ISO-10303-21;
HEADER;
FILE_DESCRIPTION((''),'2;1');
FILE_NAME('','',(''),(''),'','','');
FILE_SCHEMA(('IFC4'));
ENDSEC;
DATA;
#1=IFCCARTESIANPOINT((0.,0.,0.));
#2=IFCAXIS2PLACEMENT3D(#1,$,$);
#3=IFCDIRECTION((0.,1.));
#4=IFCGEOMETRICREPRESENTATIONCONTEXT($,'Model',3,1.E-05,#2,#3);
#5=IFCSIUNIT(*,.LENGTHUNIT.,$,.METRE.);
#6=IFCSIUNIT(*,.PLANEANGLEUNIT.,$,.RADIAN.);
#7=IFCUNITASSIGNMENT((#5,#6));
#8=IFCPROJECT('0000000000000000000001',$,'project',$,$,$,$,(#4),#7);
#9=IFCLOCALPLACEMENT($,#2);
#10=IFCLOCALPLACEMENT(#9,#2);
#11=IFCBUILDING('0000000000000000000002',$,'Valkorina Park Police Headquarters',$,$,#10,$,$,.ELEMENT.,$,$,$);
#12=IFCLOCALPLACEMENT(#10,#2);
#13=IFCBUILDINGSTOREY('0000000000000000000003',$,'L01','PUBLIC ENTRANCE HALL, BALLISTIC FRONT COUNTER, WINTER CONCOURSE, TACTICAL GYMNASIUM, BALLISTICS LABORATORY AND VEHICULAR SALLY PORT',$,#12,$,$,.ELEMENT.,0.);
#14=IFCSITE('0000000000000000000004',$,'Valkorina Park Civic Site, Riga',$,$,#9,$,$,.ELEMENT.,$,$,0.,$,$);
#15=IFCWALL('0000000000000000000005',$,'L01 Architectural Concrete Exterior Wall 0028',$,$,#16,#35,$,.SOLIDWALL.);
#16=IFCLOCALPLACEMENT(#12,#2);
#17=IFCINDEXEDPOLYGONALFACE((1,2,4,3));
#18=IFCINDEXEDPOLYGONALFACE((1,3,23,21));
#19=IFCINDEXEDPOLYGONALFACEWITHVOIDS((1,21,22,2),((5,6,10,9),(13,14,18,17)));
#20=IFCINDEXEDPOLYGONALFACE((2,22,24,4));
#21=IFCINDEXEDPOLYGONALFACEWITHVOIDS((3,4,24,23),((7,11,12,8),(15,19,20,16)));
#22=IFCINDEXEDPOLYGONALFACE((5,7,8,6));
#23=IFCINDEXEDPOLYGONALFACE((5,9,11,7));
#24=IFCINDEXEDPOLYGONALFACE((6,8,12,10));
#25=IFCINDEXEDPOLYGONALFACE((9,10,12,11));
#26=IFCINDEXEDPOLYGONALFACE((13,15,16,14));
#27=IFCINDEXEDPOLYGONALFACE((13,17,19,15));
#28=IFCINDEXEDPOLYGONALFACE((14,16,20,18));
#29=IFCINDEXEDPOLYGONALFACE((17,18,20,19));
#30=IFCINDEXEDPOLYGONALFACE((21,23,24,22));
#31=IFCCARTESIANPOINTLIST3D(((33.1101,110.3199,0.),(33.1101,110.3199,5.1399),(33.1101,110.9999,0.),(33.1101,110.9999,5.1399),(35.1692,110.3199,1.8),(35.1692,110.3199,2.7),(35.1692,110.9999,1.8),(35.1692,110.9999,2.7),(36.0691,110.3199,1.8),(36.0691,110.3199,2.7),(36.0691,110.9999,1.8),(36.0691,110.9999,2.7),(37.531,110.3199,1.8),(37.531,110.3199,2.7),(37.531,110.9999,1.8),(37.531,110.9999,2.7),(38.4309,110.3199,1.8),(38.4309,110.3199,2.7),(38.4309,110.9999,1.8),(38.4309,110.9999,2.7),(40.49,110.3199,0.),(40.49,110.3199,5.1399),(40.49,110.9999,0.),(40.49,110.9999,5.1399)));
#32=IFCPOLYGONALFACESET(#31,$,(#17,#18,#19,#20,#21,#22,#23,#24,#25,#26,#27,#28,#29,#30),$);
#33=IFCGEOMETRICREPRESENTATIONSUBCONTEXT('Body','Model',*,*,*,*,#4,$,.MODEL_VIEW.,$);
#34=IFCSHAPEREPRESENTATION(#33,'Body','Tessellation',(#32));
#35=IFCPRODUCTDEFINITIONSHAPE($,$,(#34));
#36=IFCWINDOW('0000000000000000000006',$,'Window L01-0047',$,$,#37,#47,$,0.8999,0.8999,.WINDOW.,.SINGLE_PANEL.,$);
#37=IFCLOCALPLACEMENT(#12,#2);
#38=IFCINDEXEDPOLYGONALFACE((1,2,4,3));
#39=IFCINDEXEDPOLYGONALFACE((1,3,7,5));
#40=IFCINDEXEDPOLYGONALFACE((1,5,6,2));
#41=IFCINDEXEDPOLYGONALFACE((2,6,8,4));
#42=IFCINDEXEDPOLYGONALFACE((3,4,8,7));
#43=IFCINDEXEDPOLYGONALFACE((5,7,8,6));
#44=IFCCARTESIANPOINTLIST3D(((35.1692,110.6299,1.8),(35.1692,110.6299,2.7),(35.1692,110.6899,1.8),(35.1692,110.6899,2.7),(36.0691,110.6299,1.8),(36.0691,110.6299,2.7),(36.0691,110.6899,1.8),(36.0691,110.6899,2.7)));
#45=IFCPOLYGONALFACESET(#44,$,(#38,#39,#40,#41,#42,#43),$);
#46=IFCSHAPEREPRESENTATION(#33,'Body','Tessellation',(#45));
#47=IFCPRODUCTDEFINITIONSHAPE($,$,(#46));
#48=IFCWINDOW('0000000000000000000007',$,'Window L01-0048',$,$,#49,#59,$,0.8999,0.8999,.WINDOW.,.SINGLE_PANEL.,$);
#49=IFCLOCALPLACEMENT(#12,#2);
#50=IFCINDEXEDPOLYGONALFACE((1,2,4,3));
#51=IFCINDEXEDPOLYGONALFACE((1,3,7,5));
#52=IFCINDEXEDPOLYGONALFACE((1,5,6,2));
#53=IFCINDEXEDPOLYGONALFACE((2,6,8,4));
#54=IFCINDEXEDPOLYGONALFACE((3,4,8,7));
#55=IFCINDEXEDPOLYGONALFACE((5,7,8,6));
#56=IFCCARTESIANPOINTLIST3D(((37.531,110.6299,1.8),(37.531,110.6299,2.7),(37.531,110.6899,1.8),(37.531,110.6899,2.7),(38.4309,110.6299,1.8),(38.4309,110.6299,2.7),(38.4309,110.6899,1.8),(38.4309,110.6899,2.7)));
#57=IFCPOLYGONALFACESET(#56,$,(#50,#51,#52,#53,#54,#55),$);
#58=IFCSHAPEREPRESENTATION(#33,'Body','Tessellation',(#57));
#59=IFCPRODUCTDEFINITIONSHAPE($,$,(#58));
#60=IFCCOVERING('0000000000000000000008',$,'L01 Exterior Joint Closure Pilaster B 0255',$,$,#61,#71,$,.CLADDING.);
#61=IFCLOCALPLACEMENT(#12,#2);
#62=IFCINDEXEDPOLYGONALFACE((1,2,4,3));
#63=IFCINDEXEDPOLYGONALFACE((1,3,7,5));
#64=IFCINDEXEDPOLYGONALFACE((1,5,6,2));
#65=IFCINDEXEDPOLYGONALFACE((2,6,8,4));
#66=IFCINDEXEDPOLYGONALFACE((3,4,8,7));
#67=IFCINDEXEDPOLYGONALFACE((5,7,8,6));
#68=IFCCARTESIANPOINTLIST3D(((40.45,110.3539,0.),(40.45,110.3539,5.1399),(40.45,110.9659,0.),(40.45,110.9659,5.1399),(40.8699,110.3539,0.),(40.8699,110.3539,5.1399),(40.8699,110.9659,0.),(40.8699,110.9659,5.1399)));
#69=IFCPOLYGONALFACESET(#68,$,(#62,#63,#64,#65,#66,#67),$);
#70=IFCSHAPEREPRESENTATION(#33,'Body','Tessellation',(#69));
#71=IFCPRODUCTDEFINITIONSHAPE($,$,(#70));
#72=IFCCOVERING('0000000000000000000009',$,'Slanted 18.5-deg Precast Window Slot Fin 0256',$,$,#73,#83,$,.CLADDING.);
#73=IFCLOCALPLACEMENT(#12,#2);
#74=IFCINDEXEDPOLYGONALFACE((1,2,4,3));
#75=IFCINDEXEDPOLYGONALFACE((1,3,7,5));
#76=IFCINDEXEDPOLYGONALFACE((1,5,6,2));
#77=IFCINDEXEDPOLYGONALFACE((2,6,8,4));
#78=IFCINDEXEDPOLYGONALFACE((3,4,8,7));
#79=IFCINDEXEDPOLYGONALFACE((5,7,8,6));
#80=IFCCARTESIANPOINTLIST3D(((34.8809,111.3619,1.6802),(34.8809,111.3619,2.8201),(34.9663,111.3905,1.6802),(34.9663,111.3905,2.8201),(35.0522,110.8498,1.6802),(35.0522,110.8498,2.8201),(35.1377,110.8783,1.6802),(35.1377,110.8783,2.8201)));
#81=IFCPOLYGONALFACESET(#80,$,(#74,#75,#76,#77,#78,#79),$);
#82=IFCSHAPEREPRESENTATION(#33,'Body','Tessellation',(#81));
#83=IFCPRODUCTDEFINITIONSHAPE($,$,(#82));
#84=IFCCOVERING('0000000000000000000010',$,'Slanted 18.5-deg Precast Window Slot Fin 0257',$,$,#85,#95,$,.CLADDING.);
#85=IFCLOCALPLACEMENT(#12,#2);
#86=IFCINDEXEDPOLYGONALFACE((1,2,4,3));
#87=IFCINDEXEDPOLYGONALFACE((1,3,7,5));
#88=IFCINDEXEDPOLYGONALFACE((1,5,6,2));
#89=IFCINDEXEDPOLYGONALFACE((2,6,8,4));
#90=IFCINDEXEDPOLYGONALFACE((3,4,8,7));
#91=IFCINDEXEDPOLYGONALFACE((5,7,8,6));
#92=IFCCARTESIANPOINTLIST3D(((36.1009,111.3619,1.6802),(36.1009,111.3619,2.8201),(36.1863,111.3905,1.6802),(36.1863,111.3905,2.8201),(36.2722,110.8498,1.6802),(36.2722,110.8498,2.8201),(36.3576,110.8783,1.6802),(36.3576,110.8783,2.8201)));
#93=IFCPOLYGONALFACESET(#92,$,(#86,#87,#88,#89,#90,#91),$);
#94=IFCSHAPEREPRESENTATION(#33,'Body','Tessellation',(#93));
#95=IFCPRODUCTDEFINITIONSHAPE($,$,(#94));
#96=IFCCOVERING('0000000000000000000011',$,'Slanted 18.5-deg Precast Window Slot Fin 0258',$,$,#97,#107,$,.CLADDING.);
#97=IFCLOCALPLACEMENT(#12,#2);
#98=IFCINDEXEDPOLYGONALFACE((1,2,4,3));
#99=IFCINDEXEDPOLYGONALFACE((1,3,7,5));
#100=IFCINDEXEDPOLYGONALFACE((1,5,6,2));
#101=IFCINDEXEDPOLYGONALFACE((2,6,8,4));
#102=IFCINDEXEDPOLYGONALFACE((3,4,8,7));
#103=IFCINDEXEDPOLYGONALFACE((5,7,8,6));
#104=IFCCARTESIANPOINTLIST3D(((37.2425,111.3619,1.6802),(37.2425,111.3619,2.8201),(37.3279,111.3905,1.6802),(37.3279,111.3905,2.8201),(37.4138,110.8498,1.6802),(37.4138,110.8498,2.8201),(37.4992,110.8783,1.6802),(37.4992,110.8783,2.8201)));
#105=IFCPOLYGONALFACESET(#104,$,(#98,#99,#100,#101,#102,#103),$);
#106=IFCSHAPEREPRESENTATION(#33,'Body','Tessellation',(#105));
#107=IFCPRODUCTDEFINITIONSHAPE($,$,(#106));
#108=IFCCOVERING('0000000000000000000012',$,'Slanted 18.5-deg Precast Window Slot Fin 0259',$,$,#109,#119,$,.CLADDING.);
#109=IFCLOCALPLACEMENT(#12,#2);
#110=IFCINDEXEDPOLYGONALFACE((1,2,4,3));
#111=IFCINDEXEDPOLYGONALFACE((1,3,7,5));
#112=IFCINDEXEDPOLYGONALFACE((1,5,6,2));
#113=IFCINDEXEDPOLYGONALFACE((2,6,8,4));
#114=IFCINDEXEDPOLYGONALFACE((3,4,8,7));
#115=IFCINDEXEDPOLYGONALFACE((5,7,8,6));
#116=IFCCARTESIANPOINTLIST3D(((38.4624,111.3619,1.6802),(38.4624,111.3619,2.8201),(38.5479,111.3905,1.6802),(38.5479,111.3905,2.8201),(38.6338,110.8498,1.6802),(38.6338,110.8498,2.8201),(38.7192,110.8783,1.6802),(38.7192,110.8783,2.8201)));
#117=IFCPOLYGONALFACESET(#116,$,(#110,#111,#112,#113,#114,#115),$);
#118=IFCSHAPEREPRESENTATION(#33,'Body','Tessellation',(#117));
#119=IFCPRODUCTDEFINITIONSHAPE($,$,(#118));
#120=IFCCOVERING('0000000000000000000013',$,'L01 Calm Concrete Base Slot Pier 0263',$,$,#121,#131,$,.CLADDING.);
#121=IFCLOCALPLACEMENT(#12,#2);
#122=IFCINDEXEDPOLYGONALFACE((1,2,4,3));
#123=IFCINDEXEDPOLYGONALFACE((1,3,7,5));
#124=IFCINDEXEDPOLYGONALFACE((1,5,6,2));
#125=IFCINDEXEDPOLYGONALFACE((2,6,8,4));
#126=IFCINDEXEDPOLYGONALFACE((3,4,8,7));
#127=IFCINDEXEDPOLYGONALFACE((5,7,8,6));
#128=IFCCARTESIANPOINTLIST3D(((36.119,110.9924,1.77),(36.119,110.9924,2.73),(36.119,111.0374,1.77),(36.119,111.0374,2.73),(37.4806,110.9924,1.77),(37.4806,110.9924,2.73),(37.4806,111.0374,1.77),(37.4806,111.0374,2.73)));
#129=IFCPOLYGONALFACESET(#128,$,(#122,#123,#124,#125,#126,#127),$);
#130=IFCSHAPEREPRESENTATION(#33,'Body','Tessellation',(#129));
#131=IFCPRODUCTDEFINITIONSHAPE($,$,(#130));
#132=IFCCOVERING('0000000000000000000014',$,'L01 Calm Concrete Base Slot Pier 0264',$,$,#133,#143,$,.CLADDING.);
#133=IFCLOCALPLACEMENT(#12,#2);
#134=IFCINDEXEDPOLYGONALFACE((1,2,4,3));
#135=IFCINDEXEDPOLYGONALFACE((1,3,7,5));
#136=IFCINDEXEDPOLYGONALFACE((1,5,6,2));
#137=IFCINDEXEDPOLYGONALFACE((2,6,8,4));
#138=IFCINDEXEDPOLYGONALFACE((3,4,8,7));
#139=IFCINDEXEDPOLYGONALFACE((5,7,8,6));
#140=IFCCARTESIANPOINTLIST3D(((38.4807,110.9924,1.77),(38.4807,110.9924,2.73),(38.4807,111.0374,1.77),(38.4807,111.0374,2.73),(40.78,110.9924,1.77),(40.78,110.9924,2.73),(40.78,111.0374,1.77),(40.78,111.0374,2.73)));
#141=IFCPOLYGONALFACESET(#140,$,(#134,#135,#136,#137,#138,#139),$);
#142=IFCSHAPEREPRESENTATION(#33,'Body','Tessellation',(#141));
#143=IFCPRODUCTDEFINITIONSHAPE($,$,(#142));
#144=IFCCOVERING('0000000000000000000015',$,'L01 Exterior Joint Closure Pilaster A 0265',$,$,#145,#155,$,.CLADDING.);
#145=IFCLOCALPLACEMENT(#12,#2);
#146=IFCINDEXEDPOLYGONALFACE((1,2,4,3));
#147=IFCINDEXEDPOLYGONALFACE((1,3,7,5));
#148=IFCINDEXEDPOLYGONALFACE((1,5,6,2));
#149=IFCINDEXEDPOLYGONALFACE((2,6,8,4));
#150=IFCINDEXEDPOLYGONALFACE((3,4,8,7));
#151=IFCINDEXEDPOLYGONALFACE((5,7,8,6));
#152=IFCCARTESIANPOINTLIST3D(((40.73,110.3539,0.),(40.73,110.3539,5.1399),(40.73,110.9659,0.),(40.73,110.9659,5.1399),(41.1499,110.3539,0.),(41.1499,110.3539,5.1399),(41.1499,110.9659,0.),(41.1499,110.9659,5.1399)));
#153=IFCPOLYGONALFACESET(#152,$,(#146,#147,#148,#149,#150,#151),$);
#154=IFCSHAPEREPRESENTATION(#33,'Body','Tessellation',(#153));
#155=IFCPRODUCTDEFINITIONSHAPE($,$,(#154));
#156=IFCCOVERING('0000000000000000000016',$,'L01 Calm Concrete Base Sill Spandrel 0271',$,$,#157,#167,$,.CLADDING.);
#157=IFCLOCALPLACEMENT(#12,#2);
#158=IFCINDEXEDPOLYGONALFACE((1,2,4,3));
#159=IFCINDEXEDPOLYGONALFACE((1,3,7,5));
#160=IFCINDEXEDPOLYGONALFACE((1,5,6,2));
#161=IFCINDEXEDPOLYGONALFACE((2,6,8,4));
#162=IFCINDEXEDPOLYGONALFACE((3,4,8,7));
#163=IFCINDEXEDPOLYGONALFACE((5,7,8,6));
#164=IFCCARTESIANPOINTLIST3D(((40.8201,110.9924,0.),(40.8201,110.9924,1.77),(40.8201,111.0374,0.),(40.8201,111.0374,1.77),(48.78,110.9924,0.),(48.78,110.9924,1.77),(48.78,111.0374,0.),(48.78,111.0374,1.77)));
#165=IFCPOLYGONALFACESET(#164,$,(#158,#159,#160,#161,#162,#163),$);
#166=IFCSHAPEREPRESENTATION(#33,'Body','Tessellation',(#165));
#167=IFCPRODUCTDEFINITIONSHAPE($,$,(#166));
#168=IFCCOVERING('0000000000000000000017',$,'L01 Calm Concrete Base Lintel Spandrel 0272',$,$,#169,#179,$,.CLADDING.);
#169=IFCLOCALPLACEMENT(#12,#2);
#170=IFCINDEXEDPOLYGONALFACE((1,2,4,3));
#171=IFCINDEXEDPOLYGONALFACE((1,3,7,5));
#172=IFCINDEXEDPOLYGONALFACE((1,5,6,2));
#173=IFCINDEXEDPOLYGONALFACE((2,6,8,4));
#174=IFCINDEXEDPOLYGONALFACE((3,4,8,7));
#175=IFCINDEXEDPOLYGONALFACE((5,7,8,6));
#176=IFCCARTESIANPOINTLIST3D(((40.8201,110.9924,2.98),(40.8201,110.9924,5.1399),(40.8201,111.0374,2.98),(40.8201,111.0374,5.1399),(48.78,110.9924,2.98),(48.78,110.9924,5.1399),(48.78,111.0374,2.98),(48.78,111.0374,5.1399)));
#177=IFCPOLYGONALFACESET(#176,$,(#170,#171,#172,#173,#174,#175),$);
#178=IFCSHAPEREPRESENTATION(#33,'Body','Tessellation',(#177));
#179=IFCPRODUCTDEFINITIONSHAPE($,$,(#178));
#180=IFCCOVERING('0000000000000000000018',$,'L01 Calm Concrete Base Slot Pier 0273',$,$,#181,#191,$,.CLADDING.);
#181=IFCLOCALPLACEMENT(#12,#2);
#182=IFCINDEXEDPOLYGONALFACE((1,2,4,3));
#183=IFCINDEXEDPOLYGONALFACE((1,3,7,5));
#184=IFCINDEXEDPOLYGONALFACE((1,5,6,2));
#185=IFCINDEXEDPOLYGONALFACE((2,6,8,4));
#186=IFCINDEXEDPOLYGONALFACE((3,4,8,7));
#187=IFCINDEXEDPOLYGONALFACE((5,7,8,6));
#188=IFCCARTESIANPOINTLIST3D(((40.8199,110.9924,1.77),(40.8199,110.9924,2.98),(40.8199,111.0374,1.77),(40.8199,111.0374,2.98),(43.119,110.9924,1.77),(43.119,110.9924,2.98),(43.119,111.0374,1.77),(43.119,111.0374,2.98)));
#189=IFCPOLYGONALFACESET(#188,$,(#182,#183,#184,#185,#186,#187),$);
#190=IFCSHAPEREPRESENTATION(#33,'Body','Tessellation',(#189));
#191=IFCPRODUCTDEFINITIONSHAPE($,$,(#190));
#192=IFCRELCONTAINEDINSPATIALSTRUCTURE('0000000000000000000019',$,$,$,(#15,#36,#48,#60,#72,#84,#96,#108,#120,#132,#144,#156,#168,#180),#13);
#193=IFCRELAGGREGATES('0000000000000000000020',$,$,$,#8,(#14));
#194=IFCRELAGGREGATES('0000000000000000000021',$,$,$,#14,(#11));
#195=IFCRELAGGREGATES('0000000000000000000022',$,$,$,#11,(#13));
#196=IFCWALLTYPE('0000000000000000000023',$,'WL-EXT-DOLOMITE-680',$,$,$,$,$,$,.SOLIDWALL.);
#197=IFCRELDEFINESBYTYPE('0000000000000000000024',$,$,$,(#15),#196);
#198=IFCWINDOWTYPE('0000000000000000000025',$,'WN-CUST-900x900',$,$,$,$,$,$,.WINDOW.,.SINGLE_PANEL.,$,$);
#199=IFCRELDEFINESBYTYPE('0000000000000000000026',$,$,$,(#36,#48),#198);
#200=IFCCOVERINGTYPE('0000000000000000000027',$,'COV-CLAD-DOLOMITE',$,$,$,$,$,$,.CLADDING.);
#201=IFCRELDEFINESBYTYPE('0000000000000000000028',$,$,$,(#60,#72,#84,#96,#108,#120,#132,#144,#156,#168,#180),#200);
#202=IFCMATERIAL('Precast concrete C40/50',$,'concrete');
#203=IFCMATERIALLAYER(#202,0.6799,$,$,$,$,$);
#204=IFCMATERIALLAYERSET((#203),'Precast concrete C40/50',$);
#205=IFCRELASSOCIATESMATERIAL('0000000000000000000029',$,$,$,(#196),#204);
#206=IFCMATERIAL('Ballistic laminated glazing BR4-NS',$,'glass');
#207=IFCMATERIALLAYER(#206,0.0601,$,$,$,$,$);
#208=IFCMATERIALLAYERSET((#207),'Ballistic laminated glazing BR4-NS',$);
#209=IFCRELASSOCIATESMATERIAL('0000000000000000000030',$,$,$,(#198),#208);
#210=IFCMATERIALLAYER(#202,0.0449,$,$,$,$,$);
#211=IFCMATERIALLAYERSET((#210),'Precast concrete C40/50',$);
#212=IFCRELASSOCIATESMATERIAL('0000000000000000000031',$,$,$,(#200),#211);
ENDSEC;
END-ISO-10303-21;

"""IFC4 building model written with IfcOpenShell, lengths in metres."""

from ifc_helpers import new_model, si_unit, direction, frame, frame_2d, origin, origin_2d, place, context, subcontext, project, spatial, rectangle, extrude, material, layer, layer_set, type_object, element, fill, save


model = new_model("IFC4")

# Units and contexts
model_context = context("Model", 3, precision=1e-05, world=origin(), true_north=direction((0.0, 1.0)))
body_context = subcontext(model_context, "Body", "Model", "MODEL_VIEW")
ifc_project = project(units=[si_unit("LENGTHUNIT", "METRE"), si_unit("PLANEANGLEUNIT", "RADIAN")], contexts=[model_context])

# Site, building, storey
site_placement = place(None, origin())
site = spatial("IfcSite", under=ifc_project, at=site_placement, Name="Valkorina Park Civic Site, Riga", CompositionType="ELEMENT", RefElevation=0.0)
building_placement = place(site_placement, origin())
building = spatial("IfcBuilding", under=site, at=building_placement, Name="Valkorina Park Police Headquarters", CompositionType="ELEMENT")
storey_placement = place(building_placement, origin())
storey = spatial("IfcBuildingStorey", under=building, at=storey_placement, Name="L01", Description="PUBLIC ENTRANCE HALL, BALLISTIC FRONT COUNTER, WINTER CONCOURSE, TACTICAL GYMNASIUM, BALLISTICS LABORATORY AND VEHICULAR SALLY PORT", CompositionType="ELEMENT", Elevation=0.0)

# Wall, openings, windows
ifc_material_1 = material(Name="Precast concrete C40/50", Category="concrete")
ifc_layer_1 = layer(ifc_material_1, 0.6799)
ifc_layer_set_1 = layer_set([ifc_layer_1], Name="Precast concrete C40/50")
wall_type = type_object("IfcWallType", Name="WL-EXT-DOLOMITE-680", PredefinedType="SOLIDWALL", material=ifc_layer_set_1)
wall_placement = place(storey_placement, frame((33.1101, 110.6599, 0.0), z_axis=(0.0, 0.0, 1.0), x_axis=(1.0, 0.0, 0.0)))
wall = element("IfcWall", 1, at=wall_placement, inside=storey, type_object=wall_type, Name="L01 Architectural Concrete Exterior Wall 0028", PredefinedType="SOLIDWALL", context=body_context, shape_type="SweptSolid", body=[
    extrude(rectangle(XDim=7.3799, YDim=0.6799, at=frame_2d((3.6899, 0.0))), origin(), (0.0, 0.0, 1.0), 5.1399),
])
opening_1_placement = place(wall_placement, frame((2.0591, 0.0, 1.8)))
opening_1 = element("IfcOpeningElement", 2, at=opening_1_placement, cuts=wall, PredefinedType="OPENING", context=body_context, shape_type="SweptSolid", body=[
    extrude(rectangle(XDim=0.8999, YDim=0.8999, at=frame_2d((0.45, 0.45))), frame((0.0, 0.3501, 0.0), z_axis=(0.0, -1.0, 0.0), x_axis=(1.0, 0.0, 0.0)), (0.0, 0.0, 1.0), 0.7),
])
opening_2_placement = place(wall_placement, frame((4.4209, 0.0, 1.8)))
opening_2 = element("IfcOpeningElement", 3, at=opening_2_placement, cuts=wall, PredefinedType="OPENING", context=body_context, shape_type="SweptSolid", body=[
    extrude(rectangle(XDim=0.8999, YDim=0.8999, at=frame_2d((0.45, 0.45))), frame((0.0, 0.3501, 0.0), z_axis=(0.0, -1.0, 0.0), x_axis=(1.0, 0.0, 0.0)), (0.0, 0.0, 1.0), 0.7),
])
ifc_material_2 = material(Name="Ballistic laminated glazing BR4-NS", Category="glass")
ifc_layer_2 = layer(ifc_material_2, 0.0601)
ifc_layer_set_2 = layer_set([ifc_layer_2], Name="Ballistic laminated glazing BR4-NS")
window_type = type_object("IfcWindowType", Name="WN-CUST-900x900", PartitioningType="SINGLE_PANEL", PredefinedType="WINDOW", material=ifc_layer_set_2)
window_1_placement = place(opening_1_placement, origin())
window_1 = element("IfcWindow", 4, at=window_1_placement, inside=storey, type_object=window_type, Name="Window L01-0047", OverallHeight=0.8999, OverallWidth=0.8999, PartitioningType="SINGLE_PANEL", PredefinedType="WINDOW", context=body_context, shape_type="SweptSolid", body=[
    extrude(rectangle(XDim=0.8999, YDim=0.8999, at=frame_2d((0.45, 0.45))), frame((0.0, 0.03, 0.0), z_axis=(0.0, -1.0, 0.0), x_axis=(1.0, 0.0, 0.0)), (0.0, 0.0, 1.0), 0.0601),
])
fill(opening_1, window_1)
window_2_placement = place(opening_2_placement, origin())
window_2 = element("IfcWindow", 5, at=window_2_placement, inside=storey, type_object=window_type, Name="Window L01-0048", OverallHeight=0.8999, OverallWidth=0.8999, PartitioningType="SINGLE_PANEL", PredefinedType="WINDOW", context=body_context, shape_type="SweptSolid", body=[
    extrude(rectangle(XDim=0.8999, YDim=0.8999, at=frame_2d((0.45, 0.45))), frame((0.0, 0.03, 0.0), z_axis=(0.0, -1.0, 0.0), x_axis=(1.0, 0.0, 0.0)), (0.0, 0.0, 1.0), 0.0601),
])
fill(opening_2, window_2)

# Coverings
ifc_layer_3 = layer(ifc_material_1, 0.0449)
ifc_layer_set_3 = layer_set([ifc_layer_3], Name="Precast concrete C40/50")
covering_type = type_object("IfcCoveringType", Name="COV-CLAD-DOLOMITE", PredefinedType="CLADDING", material=ifc_layer_set_3)
covering_1_placement = place(storey_placement, frame((40.6599, 110.6599, 0.0), z_axis=(0.0, 0.0, 1.0), x_axis=(1.0, 0.0, 0.0)))
element("IfcCovering", 6, at=covering_1_placement, inside=storey, type_object=covering_type, Name="L01 Exterior Joint Closure Pilaster B 0255", PredefinedType="CLADDING", context=body_context, shape_type="SweptSolid", body=[
    extrude(rectangle(XDim=0.4199, YDim=0.6121, at=origin_2d()), origin(), (0.0, 0.0, 1.0), 5.1399),
])
for number, where, z_axis, x_axis, name in (
    (7, (35.0093, 111.1201, 1.6802), (0.0, 0.0, 1.0), (-0.317305, 0.948324, 0.0), "Slanted 18.5-deg Precast Window Slot Fin 0256"),
    (8, (36.2292, 111.1201, 1.6802), (0.0, 0.0, 1.0), (-0.317305, 0.948324, 0.0), "Slanted 18.5-deg Precast Window Slot Fin 0257"),
    (9, (37.3708, 111.1201, 1.6802), (0.0, 0.0, 1.0), (-0.317305, 0.948324, 0.0), "Slanted 18.5-deg Precast Window Slot Fin 0258"),
    (10, (38.5908, 111.1201, 1.6802), (0.0, 0.0, 1.0), (-0.317305, 0.948324, 0.0), "Slanted 18.5-deg Precast Window Slot Fin 0259"),
):
    element("IfcCovering", number, at=place(storey_placement, frame(where, z_axis=z_axis, x_axis=x_axis)), inside=storey, type_object=covering_type, Name=name, PredefinedType="CLADDING", context=body_context, shape_type="SweptSolid", body=[
        extrude(rectangle(XDim=0.54, YDim=0.0901, at=origin_2d()), origin(), (0.0, 0.0, 1.0), 1.1399),
    ])
covering_2_placement = place(storey_placement, frame((36.1191, 111.0149, 1.77), z_axis=(0.0, 0.0, 1.0), x_axis=(1.0, 0.0, 0.0)))
element("IfcCovering", 11, at=covering_2_placement, inside=storey, type_object=covering_type, Name="L01 Calm Concrete Base Slot Pier 0263", PredefinedType="CLADDING", context=body_context, shape_type="SweptSolid", body=[
    extrude(rectangle(XDim=1.3616, YDim=0.0449, at=frame_2d((0.6807, 0.0))), origin(), (0.0, 0.0, 1.0), 0.96),
])
covering_3_placement = place(storey_placement, frame((38.4807, 111.0149, 1.77), z_axis=(0.0, 0.0, 1.0), x_axis=(1.0, 0.0, 0.0)))
element("IfcCovering", 12, at=covering_3_placement, inside=storey, type_object=covering_type, Name="L01 Calm Concrete Base Slot Pier 0264", PredefinedType="CLADDING", context=body_context, shape_type="SweptSolid", body=[
    extrude(rectangle(XDim=2.2993, YDim=0.0449, at=frame_2d((1.1497, 0.0))), origin(), (0.0, 0.0, 1.0), 0.96),
])
covering_4_placement = place(storey_placement, frame((40.9399, 110.6599, 0.0), z_axis=(0.0, 0.0, 1.0), x_axis=(1.0, 0.0, 0.0)))
element("IfcCovering", 13, at=covering_4_placement, inside=storey, type_object=covering_type, Name="L01 Exterior Joint Closure Pilaster A 0265", PredefinedType="CLADDING", context=body_context, shape_type="SweptSolid", body=[
    extrude(rectangle(XDim=0.4199, YDim=0.6121, at=origin_2d()), origin(), (0.0, 0.0, 1.0), 5.1399),
])
covering_5_placement = place(storey_placement, frame((40.8201, 111.0149, 0.0), z_axis=(0.0, 0.0, 1.0), x_axis=(1.0, 0.0, 0.0)))
element("IfcCovering", 14, at=covering_5_placement, inside=storey, type_object=covering_type, Name="L01 Calm Concrete Base Sill Spandrel 0271", PredefinedType="CLADDING", context=body_context, shape_type="SweptSolid", body=[
    extrude(rectangle(XDim=7.96, YDim=0.0449, at=frame_2d((3.98, 0.0))), origin(), (0.0, 0.0, 1.0), 1.77),
])
covering_6_placement = place(storey_placement, frame((40.8201, 111.0149, 2.98), z_axis=(0.0, 0.0, 1.0), x_axis=(1.0, 0.0, 0.0)))
element("IfcCovering", 15, at=covering_6_placement, inside=storey, type_object=covering_type, Name="L01 Calm Concrete Base Lintel Spandrel 0272", PredefinedType="CLADDING", context=body_context, shape_type="SweptSolid", body=[
    extrude(rectangle(XDim=7.96, YDim=0.0449, at=frame_2d((3.98, 0.0))), origin(), (0.0, 0.0, 1.0), 2.1599),
])
covering_7_placement = place(storey_placement, frame((40.8201, 111.0149, 1.77), z_axis=(0.0, 0.0, 1.0), x_axis=(1.0, 0.0, 0.0)))
element("IfcCovering", 16, at=covering_7_placement, inside=storey, type_object=covering_type, Name="L01 Calm Concrete Base Slot Pier 0273", PredefinedType="CLADDING", context=body_context, shape_type="SweptSolid", body=[
    extrude(rectangle(XDim=2.2991, YDim=0.0449, at=frame_2d((1.1494, 0.0))), origin(), (0.0, 0.0, 1.0), 1.21),
])

save(model, "model.ifc")
